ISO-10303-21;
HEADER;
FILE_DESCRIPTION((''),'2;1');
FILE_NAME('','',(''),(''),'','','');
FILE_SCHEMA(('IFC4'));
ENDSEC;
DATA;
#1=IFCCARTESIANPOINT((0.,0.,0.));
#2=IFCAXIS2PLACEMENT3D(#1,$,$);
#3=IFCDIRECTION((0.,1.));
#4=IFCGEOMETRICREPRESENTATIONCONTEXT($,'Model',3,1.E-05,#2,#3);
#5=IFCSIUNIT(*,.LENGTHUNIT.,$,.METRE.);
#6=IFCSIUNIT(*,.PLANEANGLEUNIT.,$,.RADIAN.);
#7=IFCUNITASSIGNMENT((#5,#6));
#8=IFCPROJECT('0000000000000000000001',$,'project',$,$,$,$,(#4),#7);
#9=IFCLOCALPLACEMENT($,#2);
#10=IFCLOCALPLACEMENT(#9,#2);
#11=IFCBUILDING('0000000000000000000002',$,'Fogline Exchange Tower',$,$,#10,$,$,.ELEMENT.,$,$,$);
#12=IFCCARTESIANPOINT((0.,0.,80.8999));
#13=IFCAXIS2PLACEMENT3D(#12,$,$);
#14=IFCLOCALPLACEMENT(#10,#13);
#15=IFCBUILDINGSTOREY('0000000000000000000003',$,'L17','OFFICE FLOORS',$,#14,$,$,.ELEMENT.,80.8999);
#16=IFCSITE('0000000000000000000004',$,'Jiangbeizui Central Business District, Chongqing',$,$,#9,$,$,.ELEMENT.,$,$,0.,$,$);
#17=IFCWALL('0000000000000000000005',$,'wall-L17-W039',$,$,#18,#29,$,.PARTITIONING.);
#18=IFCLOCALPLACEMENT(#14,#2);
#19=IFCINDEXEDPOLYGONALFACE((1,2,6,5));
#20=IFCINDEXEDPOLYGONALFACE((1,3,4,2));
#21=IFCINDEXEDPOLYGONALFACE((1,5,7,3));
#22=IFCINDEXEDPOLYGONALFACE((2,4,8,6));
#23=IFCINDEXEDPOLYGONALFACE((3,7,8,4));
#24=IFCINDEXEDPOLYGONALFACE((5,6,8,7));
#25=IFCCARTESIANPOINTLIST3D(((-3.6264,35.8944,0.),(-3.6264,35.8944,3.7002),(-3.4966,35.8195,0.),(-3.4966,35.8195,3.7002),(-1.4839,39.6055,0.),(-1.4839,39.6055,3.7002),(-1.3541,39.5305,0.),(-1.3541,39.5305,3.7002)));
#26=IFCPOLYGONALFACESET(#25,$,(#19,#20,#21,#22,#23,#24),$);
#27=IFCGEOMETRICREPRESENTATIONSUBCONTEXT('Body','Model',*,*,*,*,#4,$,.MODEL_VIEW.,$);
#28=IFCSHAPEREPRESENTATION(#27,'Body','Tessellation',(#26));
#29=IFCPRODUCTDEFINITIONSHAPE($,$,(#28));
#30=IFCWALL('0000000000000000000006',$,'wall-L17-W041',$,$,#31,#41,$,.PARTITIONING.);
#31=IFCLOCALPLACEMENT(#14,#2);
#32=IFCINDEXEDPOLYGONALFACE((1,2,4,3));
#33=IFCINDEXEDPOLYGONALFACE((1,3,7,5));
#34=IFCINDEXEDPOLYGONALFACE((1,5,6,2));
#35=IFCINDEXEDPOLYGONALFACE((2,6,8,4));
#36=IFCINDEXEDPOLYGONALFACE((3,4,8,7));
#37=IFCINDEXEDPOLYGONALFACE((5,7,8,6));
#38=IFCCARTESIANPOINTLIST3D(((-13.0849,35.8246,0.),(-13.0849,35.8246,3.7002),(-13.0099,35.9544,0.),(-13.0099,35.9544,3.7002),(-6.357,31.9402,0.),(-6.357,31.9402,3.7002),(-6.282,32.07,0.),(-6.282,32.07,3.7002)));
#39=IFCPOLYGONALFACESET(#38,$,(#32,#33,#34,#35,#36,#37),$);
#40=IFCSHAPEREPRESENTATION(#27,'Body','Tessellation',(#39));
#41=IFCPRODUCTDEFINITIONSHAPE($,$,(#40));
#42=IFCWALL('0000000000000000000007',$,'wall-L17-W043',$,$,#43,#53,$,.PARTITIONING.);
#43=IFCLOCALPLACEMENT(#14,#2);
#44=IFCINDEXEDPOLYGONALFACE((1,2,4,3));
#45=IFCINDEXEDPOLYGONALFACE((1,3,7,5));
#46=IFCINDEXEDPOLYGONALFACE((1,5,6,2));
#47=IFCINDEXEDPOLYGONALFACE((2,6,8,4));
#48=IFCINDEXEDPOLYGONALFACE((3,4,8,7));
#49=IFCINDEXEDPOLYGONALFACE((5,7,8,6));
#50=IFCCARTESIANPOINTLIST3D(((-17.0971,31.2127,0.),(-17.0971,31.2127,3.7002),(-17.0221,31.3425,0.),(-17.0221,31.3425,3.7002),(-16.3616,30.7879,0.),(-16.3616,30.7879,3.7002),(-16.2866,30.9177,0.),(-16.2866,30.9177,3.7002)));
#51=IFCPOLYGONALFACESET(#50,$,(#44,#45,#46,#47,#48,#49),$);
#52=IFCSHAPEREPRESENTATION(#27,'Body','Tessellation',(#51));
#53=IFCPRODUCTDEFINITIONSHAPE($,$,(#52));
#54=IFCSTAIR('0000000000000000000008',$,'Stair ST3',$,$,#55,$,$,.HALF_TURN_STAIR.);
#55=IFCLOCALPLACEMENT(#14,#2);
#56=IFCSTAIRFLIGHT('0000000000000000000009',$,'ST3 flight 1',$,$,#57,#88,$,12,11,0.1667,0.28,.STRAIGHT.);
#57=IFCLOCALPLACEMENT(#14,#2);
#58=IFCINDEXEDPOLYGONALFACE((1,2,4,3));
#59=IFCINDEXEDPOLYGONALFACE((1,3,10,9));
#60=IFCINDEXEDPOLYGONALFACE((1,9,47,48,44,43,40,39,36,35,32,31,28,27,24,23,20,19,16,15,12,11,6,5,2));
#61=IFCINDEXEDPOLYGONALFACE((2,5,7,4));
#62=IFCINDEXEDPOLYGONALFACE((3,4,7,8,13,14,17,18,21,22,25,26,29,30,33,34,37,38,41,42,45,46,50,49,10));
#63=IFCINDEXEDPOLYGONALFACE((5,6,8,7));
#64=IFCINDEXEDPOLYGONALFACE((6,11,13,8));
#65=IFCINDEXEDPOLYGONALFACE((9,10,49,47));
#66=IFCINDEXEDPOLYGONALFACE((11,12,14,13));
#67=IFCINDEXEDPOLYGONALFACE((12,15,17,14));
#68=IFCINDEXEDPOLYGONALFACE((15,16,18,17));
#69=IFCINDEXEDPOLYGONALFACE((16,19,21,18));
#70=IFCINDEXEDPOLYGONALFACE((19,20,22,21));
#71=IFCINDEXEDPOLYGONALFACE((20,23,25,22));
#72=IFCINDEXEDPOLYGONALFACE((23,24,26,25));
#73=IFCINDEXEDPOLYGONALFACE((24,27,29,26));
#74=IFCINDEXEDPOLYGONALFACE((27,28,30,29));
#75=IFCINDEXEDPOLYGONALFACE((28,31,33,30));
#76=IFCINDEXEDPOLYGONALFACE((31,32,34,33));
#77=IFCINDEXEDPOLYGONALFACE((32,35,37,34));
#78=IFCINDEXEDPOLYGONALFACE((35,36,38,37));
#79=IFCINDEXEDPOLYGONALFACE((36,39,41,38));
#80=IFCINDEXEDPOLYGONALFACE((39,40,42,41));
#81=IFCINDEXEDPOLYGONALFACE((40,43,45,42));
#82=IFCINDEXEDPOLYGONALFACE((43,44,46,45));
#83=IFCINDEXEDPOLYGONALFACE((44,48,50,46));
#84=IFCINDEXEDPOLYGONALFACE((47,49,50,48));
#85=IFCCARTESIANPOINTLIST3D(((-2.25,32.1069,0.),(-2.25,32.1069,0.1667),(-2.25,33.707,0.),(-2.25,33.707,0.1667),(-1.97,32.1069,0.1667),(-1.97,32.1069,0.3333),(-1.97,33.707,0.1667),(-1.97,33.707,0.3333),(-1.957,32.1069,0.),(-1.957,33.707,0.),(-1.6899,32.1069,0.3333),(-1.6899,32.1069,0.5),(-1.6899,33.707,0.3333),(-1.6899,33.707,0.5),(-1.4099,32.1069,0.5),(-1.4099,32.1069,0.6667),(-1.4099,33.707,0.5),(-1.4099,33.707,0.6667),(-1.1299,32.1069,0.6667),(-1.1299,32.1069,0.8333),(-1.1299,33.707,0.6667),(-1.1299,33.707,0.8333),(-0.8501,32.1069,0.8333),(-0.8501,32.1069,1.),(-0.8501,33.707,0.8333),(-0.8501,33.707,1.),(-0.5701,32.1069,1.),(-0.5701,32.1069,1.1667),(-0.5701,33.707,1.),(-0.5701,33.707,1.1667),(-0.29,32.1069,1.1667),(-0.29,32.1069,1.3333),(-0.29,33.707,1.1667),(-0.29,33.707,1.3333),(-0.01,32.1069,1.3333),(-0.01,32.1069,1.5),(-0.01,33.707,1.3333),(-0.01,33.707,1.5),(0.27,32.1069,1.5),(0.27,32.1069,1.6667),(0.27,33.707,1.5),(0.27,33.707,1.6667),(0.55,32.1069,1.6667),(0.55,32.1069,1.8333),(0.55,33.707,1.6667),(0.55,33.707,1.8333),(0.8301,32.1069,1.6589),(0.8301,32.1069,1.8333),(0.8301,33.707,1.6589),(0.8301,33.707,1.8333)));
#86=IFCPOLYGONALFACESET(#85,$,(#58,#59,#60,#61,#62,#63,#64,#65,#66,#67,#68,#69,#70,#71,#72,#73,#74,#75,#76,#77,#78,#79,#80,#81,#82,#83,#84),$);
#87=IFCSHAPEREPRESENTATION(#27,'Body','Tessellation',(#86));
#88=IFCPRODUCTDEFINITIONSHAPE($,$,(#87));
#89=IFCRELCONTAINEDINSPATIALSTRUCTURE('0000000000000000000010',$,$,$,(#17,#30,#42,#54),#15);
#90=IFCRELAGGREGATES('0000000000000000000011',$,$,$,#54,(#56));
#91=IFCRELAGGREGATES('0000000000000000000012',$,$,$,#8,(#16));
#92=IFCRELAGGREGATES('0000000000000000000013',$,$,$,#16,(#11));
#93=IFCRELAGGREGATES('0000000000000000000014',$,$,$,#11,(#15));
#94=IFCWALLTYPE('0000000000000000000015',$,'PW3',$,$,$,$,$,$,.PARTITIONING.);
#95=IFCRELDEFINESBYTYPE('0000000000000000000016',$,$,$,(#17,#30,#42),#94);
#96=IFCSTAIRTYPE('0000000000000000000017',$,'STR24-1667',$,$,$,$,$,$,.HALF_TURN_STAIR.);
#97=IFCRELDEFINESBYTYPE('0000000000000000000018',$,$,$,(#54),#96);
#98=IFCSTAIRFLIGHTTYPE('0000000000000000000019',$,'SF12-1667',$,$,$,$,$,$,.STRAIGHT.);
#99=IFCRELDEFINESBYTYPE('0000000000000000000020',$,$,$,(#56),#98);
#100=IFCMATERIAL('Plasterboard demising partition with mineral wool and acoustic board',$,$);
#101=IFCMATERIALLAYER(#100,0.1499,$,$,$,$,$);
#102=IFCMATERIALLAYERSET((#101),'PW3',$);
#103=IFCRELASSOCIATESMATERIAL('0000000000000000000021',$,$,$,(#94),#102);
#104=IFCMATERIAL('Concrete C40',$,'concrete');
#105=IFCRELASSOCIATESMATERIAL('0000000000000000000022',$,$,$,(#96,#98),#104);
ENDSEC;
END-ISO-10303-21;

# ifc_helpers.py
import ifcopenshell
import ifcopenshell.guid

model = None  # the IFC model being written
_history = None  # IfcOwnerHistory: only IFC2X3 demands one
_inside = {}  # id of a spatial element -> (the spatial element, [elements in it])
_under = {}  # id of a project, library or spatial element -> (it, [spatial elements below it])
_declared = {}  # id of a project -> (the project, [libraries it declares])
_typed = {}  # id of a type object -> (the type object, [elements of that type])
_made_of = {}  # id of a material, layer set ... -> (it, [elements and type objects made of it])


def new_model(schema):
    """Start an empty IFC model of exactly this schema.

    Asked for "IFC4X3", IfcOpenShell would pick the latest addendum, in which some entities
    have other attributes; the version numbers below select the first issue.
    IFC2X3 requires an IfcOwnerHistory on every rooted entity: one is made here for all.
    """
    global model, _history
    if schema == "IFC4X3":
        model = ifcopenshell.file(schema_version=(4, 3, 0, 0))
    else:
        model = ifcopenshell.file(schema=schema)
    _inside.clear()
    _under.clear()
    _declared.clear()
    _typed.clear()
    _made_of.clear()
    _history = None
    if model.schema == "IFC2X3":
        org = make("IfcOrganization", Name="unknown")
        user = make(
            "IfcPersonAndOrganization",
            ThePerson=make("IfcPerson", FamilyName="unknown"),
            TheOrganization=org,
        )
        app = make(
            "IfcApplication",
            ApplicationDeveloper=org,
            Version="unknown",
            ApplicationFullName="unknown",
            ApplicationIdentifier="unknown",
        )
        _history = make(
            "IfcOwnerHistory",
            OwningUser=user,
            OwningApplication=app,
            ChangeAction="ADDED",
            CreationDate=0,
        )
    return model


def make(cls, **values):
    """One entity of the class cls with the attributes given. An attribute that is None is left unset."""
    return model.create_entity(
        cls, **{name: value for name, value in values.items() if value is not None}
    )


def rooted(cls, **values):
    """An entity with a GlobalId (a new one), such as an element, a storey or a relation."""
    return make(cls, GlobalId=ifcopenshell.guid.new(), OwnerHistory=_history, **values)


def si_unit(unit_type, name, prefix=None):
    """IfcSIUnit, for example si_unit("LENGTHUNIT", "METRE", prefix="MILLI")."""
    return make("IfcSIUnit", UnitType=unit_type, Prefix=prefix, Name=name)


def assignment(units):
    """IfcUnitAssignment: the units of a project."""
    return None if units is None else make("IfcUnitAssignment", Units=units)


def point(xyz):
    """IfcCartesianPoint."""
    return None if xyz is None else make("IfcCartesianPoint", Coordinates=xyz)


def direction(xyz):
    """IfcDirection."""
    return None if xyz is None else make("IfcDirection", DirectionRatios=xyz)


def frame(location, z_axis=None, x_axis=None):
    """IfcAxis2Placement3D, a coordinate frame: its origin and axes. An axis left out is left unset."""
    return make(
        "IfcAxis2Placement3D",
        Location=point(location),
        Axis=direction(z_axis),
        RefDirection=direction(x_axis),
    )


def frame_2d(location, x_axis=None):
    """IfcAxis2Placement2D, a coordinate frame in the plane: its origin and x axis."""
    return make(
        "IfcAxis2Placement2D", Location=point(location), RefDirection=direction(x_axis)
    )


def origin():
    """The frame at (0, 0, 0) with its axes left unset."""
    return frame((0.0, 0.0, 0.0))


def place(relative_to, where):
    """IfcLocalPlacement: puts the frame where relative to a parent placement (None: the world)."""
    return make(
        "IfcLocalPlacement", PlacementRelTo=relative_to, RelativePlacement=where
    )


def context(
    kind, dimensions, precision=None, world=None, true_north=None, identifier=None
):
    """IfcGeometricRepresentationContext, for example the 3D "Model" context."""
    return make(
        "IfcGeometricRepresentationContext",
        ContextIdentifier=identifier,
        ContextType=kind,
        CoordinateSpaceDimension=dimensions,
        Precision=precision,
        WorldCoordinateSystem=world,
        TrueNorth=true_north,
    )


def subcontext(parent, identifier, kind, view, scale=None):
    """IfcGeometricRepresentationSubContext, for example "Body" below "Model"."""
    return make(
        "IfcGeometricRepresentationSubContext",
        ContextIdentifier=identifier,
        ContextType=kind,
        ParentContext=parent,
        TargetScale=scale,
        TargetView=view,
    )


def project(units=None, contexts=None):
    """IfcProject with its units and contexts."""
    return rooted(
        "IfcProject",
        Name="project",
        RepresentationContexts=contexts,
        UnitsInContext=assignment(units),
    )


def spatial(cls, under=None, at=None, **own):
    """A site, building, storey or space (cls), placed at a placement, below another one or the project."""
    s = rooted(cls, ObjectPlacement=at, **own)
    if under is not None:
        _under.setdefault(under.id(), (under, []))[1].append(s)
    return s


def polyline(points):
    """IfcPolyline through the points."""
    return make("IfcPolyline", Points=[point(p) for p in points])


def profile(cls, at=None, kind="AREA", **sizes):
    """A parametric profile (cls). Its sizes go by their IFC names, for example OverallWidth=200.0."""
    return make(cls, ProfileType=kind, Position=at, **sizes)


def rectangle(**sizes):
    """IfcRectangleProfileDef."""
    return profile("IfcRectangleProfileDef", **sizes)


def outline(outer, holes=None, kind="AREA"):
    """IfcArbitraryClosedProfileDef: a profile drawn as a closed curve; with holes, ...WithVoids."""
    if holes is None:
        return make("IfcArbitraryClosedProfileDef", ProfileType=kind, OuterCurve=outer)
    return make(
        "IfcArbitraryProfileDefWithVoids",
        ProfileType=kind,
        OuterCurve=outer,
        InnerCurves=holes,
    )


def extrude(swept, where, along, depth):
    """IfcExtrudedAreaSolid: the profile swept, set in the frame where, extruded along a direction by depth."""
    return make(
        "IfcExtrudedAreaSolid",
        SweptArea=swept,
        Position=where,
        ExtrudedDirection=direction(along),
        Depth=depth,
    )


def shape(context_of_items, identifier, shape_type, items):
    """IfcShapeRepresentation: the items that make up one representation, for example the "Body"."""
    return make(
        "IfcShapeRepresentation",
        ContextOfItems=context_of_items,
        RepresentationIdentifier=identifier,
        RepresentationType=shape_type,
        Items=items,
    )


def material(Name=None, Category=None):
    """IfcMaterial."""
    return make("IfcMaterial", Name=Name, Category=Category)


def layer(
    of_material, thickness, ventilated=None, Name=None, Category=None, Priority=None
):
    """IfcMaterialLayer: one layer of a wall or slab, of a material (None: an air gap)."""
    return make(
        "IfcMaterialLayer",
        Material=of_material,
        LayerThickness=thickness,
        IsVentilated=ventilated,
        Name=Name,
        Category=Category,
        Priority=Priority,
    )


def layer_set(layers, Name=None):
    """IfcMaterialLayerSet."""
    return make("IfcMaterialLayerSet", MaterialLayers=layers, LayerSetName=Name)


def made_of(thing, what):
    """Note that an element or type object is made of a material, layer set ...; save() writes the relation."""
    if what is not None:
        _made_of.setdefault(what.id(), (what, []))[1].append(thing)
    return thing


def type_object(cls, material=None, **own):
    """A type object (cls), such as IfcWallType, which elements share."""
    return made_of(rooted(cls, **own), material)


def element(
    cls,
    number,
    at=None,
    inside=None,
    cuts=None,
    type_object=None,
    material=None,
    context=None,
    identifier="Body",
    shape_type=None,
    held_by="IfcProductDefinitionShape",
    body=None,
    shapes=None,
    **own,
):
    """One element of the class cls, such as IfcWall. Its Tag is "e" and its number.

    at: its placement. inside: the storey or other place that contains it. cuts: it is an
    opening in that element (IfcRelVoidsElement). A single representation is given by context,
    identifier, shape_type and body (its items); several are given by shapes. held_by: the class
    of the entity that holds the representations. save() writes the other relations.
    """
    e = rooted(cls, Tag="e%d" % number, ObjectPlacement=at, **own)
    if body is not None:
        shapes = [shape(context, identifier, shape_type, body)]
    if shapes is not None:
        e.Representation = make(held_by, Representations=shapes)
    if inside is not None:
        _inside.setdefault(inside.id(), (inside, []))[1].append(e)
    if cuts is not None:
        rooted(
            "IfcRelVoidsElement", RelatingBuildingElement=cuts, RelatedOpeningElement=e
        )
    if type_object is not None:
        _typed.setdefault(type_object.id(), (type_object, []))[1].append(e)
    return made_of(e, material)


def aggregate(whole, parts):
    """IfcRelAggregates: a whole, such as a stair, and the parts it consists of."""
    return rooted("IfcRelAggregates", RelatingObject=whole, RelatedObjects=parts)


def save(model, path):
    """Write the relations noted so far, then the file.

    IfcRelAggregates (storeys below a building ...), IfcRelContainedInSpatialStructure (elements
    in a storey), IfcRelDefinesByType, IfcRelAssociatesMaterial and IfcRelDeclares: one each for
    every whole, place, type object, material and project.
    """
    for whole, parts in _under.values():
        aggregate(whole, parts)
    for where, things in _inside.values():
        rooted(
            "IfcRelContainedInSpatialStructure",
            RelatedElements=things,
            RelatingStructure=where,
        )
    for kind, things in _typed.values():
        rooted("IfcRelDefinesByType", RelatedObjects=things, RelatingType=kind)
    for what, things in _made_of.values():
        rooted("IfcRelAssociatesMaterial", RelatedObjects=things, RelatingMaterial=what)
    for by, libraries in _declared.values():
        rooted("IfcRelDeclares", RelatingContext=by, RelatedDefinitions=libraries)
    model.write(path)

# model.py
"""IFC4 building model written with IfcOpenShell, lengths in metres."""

from ifc_helpers import new_model, si_unit, direction, frame, frame_2d, origin, place, context, subcontext, project, spatial, polyline, rectangle, outline, extrude, material, layer, layer_set, type_object, element, aggregate, save


model = new_model("IFC4")

# Units and contexts
model_context = context("Model", 3, precision=1e-05, world=origin(), true_north=direction((0.0, 1.0)))
body_context = subcontext(model_context, "Body", "Model", "MODEL_VIEW")
ifc_project = project(units=[si_unit("LENGTHUNIT", "METRE"), si_unit("PLANEANGLEUNIT", "RADIAN")], contexts=[model_context])

# Site, building, storey
site_placement = place(None, origin())
site = spatial("IfcSite", under=ifc_project, at=site_placement, Name="Jiangbeizui Central Business District, Chongqing", CompositionType="ELEMENT", RefElevation=0.0)
building_placement = place(site_placement, origin())
building = spatial("IfcBuilding", under=site, at=building_placement, Name="Fogline Exchange Tower", CompositionType="ELEMENT")
storey_placement = place(building_placement, frame((0.0, 0.0, 80.8999)))
storey = spatial("IfcBuildingStorey", under=building, at=storey_placement, Name="L17", Description="OFFICE FLOORS", CompositionType="ELEMENT", Elevation=80.8999)

# Shared definitions
ifc_material_1 = material(Name="Concrete C40", Category="concrete")

# Walls
ifc_material_2 = material(Name="Plasterboard demising partition with mineral wool and acoustic board")
ifc_layer_1 = layer(ifc_material_2, 0.1499)
ifc_layer_set_1 = layer_set([ifc_layer_1], Name="PW3")
wall_type_1 = type_object("IfcWallType", Name="PW3", PredefinedType="PARTITIONING", material=ifc_layer_set_1)
wall_1_placement = place(storey_placement, frame((-3.5615, 35.8569, 0.0), z_axis=(0.0, 0.0, 1.0), x_axis=(0.499987, 0.866033, 0.0)))
element("IfcWall", 1, at=wall_1_placement, inside=storey, type_object=wall_type_1, Name="wall-L17-W039", PredefinedType="PARTITIONING", context=body_context, shape_type="SweptSolid", body=[
    extrude(rectangle(XDim=4.2852, YDim=0.1499, at=frame_2d((2.1426, 0.0))), origin(), (0.0, 0.0, 1.0), 3.7002),
])
wall_2_placement = place(storey_placement, frame((-6.3196, 32.0051, 0.0), z_axis=(0.0, 0.0, 1.0), x_axis=(-0.86602, 0.500009, 0.0)))
element("IfcWall", 2, at=wall_2_placement, inside=storey, type_object=wall_type_1, Name="wall-L17-W041", PredefinedType="PARTITIONING", context=body_context, shape_type="SweptSolid", body=[
    extrude(rectangle(XDim=7.7688, YDim=0.1499, at=frame_2d((3.8843, 0.0))), origin(), (0.0, 0.0, 1.0), 3.7002),
])
wall_3_placement = place(storey_placement, frame((-16.324, 30.8528, 0.0), z_axis=(0.0, 0.0, 1.0), x_axis=(-0.86597, 0.500096, 0.0)))
element("IfcWall", 3, at=wall_3_placement, inside=storey, type_object=wall_type_1, Name="wall-L17-W043", PredefinedType="PARTITIONING", context=body_context, shape_type="SweptSolid", body=[
    extrude(rectangle(XDim=0.8494, YDim=0.1499, at=frame_2d((0.4248, 0.0))), origin(), (0.0, 0.0, 1.0), 3.7002),
])

# Stair, stair flight
stair_type = type_object("IfcStairType", Name="STR24-1667", PredefinedType="HALF_TURN_STAIR", material=ifc_material_1)
stair_placement = place(storey_placement, origin())
stair = element("IfcStair", 4, at=stair_placement, inside=storey, type_object=stair_type, Name="Stair ST3", PredefinedType="HALF_TURN_STAIR")
stair_flight_type = type_object("IfcStairFlightType", Name="SF12-1667", PredefinedType="STRAIGHT", material=ifc_material_1)
stair_flight_placement = place(storey_placement, frame((-2.25, 32.907, 0.0), z_axis=(0.0, 0.0, 1.0), x_axis=(1.0, 0.0, 0.0)))
stair_flight = element("IfcStairFlight", 5, at=stair_flight_placement, type_object=stair_flight_type, Name="ST3 flight 1", NumberOfRisers=12, NumberOfTreads=11, PredefinedType="STRAIGHT", RiserHeight=0.1667, TreadLength=0.28, context=body_context, shape_type="SweptSolid", body=[
    extrude(outline(polyline([(0.0, 0.0), (0.0, 0.1667), (0.28, 0.1667), (0.28, 0.3333), (0.5601, 0.3333), (0.5601, 0.5), (0.8401, 0.5), (0.8401, 0.6667), (1.1201, 0.6667), (1.1201, 0.8333), (1.3999, 0.8333), (1.3999, 1.0), (1.6799, 1.0), (1.6799, 1.1667), (1.96, 1.1667), (1.96, 1.3333), (2.24, 1.3333), (2.24, 1.5), (2.52, 1.5), (2.52, 1.6667), (2.8, 1.6667), (2.8, 1.8333), (3.0801, 1.8333), (3.0801, 2.0), (3.0801, 1.6589), (0.293, 0.0), (0.0, 0.0)])), frame((0.0, 0.8, 0.0), z_axis=(0.0, -1.0, 0.0), x_axis=(1.0, 0.0, 0.0)), (0.0, 0.0, 1.0), 1.6001),
])
aggregate(stair, [stair_flight])

save(model, "model.ifc")
